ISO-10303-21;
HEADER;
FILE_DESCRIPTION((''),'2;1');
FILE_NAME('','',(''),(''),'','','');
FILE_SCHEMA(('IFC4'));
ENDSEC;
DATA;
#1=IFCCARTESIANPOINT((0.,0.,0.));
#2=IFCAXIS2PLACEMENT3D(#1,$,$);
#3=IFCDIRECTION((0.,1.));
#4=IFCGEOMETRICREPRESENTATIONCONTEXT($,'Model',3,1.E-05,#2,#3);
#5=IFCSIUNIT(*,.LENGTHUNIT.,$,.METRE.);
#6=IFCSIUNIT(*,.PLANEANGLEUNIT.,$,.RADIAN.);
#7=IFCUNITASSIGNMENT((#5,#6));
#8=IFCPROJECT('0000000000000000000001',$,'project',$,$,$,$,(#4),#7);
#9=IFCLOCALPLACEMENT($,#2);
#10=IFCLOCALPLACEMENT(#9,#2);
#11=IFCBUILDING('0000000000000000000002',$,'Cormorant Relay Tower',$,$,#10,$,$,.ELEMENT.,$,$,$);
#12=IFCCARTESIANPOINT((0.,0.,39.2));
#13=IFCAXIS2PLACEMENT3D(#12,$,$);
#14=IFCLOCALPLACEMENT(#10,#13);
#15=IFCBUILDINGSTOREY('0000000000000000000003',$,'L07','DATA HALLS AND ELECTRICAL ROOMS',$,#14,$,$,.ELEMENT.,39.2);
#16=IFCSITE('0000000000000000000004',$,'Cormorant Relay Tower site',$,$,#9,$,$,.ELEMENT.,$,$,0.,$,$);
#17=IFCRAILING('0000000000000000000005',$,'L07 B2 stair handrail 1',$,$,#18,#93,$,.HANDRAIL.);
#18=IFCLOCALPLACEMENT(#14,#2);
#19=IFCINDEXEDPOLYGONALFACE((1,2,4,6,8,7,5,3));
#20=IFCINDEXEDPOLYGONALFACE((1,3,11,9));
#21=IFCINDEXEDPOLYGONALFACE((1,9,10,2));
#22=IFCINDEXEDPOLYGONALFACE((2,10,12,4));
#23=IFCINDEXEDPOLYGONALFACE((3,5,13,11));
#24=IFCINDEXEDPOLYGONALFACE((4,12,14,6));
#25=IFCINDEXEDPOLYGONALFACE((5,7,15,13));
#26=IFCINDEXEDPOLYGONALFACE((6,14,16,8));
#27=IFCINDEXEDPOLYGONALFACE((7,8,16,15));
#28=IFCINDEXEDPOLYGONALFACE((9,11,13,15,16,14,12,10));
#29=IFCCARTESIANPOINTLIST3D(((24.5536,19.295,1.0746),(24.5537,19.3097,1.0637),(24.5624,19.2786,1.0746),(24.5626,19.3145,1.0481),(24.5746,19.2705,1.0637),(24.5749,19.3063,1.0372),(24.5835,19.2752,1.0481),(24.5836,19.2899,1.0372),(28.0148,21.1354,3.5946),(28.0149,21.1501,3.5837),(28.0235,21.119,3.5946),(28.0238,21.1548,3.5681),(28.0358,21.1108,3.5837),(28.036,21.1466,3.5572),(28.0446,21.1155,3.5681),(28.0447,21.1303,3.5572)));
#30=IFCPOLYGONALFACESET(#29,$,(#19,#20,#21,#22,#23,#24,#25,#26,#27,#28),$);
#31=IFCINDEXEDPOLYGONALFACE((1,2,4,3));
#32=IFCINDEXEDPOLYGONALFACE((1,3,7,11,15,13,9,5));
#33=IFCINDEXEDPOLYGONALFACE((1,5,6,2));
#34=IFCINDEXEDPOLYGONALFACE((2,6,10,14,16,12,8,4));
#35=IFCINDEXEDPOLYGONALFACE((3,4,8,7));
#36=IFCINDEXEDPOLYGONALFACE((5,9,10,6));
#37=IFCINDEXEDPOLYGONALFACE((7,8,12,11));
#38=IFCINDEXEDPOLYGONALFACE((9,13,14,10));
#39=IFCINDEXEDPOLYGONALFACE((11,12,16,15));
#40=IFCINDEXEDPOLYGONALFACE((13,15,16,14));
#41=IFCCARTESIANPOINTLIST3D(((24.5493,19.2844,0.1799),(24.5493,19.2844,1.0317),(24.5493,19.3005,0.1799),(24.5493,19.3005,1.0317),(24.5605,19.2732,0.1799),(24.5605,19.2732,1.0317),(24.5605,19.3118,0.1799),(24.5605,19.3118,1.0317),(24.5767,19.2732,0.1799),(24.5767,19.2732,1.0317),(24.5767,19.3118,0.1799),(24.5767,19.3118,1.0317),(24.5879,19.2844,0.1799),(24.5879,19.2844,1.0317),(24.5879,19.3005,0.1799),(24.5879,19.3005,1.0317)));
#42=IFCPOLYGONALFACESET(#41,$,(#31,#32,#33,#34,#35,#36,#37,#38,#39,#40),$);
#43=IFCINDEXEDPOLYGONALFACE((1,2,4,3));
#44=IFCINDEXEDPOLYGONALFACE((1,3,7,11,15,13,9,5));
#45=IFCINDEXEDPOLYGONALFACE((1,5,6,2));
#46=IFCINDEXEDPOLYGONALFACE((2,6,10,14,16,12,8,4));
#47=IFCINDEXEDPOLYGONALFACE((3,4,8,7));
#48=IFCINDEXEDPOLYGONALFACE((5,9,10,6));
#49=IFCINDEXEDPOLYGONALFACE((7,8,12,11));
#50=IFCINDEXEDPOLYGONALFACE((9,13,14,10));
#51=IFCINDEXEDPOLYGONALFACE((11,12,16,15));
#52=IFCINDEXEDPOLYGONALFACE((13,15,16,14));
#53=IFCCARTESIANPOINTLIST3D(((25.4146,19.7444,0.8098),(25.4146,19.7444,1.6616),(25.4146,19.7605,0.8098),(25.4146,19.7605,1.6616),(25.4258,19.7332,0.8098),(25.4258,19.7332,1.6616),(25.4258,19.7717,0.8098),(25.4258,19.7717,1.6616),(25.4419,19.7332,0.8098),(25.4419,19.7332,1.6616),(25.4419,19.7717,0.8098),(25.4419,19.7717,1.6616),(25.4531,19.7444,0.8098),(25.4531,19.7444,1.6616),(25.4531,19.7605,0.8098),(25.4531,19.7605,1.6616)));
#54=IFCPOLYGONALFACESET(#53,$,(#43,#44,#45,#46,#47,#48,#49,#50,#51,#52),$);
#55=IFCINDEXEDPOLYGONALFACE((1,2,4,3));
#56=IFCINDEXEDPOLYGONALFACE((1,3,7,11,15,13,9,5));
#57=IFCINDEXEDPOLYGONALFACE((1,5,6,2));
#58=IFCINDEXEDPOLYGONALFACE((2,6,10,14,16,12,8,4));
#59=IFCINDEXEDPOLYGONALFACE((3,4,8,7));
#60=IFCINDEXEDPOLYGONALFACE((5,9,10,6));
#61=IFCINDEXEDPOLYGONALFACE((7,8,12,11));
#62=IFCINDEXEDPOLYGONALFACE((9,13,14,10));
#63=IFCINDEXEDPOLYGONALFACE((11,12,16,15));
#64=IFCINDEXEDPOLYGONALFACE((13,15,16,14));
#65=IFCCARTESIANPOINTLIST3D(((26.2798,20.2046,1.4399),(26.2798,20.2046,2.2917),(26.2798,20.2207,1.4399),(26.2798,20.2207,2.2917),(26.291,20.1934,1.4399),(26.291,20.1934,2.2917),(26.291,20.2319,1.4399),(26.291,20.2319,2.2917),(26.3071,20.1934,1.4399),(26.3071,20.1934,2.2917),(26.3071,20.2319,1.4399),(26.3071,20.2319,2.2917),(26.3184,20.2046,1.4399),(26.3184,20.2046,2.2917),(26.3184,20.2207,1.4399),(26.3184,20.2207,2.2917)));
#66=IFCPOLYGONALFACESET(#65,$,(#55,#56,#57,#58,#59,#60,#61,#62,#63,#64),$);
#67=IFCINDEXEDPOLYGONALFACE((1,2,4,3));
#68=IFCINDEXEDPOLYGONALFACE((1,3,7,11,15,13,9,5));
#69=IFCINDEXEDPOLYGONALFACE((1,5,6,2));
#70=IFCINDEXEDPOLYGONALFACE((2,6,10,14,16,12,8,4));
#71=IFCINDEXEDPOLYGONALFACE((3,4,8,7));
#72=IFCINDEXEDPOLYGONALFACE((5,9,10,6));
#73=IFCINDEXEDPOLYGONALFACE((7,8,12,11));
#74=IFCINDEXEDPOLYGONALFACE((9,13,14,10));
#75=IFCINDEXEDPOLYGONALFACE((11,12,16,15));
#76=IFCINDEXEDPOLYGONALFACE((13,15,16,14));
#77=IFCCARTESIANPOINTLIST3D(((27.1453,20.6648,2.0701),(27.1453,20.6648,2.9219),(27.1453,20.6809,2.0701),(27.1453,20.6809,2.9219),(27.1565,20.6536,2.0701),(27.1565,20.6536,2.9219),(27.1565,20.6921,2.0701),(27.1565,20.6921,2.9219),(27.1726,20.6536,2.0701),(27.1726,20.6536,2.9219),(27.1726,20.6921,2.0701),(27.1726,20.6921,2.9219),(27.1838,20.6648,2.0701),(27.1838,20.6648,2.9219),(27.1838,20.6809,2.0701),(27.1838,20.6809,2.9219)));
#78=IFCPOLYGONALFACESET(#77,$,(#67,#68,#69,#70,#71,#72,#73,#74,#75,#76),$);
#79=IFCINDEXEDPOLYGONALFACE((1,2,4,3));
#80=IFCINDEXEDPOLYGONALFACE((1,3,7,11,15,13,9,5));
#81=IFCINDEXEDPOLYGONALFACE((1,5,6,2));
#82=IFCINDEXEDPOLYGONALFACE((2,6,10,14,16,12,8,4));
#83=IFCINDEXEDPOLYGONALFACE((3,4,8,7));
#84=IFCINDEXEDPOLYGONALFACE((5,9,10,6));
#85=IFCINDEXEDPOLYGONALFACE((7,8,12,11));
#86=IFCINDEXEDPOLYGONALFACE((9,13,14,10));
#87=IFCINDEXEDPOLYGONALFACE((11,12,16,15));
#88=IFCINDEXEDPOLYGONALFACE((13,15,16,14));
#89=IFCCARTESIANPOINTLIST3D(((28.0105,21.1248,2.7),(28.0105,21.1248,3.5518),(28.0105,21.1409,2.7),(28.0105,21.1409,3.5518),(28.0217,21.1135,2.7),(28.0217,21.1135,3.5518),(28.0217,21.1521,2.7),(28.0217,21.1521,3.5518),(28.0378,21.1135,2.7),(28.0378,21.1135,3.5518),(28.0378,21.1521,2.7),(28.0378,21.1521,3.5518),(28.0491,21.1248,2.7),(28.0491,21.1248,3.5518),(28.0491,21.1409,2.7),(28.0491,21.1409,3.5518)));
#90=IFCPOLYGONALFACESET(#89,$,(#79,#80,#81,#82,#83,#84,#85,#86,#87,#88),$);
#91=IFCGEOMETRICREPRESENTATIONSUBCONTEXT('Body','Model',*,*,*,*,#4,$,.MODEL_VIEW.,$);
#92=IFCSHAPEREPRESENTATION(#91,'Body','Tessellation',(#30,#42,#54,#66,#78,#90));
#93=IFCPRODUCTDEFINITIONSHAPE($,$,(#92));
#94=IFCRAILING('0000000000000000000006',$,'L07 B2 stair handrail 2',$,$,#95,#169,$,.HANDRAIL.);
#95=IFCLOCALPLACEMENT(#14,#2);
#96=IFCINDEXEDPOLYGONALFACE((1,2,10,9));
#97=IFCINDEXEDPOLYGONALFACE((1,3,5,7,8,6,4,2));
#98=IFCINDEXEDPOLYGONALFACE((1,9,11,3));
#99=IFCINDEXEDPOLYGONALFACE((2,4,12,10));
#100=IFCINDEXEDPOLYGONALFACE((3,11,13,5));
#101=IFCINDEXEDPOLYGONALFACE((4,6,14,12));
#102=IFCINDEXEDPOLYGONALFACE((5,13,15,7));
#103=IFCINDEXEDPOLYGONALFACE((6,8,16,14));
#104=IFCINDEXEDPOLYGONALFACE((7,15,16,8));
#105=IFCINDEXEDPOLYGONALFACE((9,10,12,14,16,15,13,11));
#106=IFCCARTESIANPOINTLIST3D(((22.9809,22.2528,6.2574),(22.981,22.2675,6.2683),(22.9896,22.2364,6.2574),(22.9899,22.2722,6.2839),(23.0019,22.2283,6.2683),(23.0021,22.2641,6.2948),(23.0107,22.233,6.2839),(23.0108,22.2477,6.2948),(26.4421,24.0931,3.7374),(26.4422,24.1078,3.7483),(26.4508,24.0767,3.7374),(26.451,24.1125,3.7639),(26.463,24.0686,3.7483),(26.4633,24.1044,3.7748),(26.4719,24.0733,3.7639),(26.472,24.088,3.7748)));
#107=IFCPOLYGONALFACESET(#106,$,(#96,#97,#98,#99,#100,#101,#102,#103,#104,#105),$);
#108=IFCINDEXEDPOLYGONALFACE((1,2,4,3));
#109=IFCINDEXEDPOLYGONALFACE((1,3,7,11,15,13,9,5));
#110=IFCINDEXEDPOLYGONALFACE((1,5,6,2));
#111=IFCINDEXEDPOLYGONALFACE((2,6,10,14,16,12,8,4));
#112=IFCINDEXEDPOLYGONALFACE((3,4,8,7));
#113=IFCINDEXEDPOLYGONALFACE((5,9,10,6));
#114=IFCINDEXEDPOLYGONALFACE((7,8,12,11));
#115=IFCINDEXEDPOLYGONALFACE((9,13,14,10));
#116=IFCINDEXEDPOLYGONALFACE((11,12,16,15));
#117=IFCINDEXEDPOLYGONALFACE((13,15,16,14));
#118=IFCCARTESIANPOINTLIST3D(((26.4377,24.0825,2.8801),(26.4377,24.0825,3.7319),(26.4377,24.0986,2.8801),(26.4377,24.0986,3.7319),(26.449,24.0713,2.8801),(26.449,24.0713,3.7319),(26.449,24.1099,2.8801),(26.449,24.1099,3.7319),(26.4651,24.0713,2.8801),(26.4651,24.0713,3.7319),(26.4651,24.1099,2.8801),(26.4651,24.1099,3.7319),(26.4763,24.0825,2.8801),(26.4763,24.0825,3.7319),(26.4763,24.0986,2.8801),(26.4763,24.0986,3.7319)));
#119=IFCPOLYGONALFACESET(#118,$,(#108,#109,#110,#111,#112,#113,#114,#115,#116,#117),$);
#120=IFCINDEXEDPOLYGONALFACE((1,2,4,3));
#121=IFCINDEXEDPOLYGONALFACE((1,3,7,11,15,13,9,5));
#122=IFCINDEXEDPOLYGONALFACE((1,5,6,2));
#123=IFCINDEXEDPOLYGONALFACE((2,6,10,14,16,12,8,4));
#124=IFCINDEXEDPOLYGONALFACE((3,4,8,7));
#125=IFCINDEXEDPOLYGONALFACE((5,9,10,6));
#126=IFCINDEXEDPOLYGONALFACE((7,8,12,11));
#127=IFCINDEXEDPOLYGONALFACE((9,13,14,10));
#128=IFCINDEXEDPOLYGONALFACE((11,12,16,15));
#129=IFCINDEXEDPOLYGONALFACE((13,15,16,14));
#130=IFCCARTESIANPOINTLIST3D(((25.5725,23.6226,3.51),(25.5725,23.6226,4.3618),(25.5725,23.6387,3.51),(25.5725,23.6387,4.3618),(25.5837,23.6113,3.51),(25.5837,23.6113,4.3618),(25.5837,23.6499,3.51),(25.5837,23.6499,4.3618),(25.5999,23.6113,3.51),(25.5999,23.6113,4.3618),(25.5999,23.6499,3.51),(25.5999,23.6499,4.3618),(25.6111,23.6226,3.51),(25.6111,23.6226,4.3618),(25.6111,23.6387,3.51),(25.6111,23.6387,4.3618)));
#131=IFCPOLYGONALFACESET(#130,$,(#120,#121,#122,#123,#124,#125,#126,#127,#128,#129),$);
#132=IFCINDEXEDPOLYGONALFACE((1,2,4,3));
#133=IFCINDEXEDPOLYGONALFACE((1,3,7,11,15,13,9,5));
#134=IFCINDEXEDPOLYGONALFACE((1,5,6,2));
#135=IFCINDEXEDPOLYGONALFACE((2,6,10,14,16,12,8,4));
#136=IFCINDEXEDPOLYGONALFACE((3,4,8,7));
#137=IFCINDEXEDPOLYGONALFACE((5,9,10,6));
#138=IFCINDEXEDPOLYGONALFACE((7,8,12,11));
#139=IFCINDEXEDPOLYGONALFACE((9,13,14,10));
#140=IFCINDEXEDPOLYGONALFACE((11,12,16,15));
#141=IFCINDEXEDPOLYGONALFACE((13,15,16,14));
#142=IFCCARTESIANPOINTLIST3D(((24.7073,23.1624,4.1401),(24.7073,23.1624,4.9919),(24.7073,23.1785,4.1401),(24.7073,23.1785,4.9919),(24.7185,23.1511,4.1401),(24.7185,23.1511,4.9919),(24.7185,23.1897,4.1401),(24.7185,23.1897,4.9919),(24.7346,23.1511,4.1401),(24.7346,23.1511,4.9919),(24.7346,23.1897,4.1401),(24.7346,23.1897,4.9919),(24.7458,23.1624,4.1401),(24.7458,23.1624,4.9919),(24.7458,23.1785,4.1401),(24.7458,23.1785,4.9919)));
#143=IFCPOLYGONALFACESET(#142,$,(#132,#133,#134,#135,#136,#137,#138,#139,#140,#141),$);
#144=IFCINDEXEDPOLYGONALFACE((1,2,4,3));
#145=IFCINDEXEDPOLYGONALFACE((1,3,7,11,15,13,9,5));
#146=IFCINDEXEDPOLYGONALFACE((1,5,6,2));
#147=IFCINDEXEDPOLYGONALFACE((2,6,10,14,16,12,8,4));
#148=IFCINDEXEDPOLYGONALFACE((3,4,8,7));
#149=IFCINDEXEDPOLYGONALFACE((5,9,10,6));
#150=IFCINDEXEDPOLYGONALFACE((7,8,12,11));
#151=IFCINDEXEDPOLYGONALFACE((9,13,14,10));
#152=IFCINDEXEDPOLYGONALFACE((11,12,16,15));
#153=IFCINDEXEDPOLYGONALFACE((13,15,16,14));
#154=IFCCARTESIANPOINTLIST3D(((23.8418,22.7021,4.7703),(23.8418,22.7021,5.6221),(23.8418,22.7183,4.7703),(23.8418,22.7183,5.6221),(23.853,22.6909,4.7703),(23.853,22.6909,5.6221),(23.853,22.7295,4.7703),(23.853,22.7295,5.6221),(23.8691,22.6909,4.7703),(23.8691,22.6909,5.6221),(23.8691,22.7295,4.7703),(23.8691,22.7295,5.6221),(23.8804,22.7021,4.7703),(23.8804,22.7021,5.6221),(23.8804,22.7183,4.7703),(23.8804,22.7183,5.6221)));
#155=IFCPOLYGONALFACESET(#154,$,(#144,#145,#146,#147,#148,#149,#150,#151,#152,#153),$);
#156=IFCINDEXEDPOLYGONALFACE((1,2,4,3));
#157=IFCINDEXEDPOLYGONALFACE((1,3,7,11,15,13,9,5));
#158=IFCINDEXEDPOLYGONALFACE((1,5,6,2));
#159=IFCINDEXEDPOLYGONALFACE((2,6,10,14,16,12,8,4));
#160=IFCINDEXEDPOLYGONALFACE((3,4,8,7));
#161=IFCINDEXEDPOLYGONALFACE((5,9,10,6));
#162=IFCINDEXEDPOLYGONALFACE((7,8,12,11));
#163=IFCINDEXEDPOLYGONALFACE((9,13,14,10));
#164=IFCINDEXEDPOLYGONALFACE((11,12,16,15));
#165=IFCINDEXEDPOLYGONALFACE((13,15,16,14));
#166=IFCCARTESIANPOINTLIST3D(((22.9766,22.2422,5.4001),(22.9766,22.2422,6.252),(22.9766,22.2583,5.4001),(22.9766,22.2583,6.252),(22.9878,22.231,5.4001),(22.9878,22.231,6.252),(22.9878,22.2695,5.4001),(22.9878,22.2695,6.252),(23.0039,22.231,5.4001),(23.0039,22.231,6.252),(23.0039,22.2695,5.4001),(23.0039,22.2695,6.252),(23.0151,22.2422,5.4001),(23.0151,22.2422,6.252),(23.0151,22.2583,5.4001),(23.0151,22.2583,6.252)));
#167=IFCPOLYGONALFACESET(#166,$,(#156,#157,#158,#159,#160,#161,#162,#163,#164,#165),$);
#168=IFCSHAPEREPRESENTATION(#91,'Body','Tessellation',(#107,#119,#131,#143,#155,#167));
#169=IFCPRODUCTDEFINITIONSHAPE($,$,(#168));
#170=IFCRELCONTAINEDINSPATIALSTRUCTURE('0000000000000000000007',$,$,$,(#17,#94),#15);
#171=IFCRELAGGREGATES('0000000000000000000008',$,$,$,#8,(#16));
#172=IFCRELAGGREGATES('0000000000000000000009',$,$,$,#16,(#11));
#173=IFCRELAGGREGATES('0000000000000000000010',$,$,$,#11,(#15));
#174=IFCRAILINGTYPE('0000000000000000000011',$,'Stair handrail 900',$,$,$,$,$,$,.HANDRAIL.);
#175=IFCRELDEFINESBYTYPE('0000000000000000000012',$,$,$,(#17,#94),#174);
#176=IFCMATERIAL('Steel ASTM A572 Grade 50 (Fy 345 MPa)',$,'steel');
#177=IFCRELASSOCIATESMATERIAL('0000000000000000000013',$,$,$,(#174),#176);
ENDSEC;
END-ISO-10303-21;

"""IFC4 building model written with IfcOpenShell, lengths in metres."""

from ifc_helpers import new_model, si_unit, direction, frame, origin, place, context, subcontext, project, spatial, polyline, outline, extrude, material, type_object, element, save


model = new_model("IFC4")

# Units and contexts
model_context = context("Model", 3, precision=1e-05, world=origin(), true_north=direction((0.0, 1.0)))
body_context = subcontext(model_context, "Body", "Model", "MODEL_VIEW")
ifc_project = project(units=[si_unit("LENGTHUNIT", "METRE"), si_unit("PLANEANGLEUNIT", "RADIAN")], contexts=[model_context])

# Site, building, storey
site_placement = place(None, origin())
site = spatial("IfcSite", under=ifc_project, at=site_placement, Name="Cormorant Relay Tower site", CompositionType="ELEMENT", RefElevation=0.0)
building_placement = place(site_placement, origin())
building = spatial("IfcBuilding", under=site, at=building_placement, Name="Cormorant Relay Tower", CompositionType="ELEMENT")
storey_placement = place(building_placement, frame((0.0, 0.0, 39.2)))
storey = spatial("IfcBuildingStorey", under=building, at=storey_placement, Name="L07", Description="DATA HALLS AND ELECTRICAL ROOMS", CompositionType="ELEMENT", Elevation=39.2)

# Railings
ifc_material_1 = material(Name="Steel ASTM A572 Grade 50 (Fy 345 MPa)", Category="steel")
railing_type_1 = type_object("IfcRailingType", Name="Stair handrail 900", PredefinedType="HANDRAIL", material=ifc_material_1)
railing_1_placement = place(storey_placement, frame((24.5686, 19.2925, 0.1799)))
element("IfcRailing", 1, at=railing_1_placement, inside=storey, type_object=railing_type_1, Name="L07 B2 stair handrail 1", PredefinedType="HANDRAIL", context=body_context, shape_type="SweptSolid", body=[
    extrude(outline(polyline([(0.0222, 0.0093), (0.0093, 0.0222), (-0.0093, 0.0222), (-0.0222, 0.0093), (-0.0222, -0.0093), (-0.0093, -0.0222), (0.0093, -0.0222), (0.0222, -0.0093), (0.0222, 0.0093)])), frame((0.0, 0.0, 0.876), z_axis=(0.742717, 0.394907, 0.540758), x_axis=(-0.469469, 0.882949, 0.0)), (0.0, 0.0, 1.0), 4.6602),
    extrude(outline(polyline([(0.0193, 0.0081), (0.0081, 0.0193), (-0.0081, 0.0193), (-0.0193, 0.0081), (-0.0193, -0.0081), (-0.0081, -0.0193), (0.0081, -0.0193), (0.0193, -0.0081), (0.0193, 0.0081)])), origin(), (0.0, 0.0, 1.0), 0.8518),
    extrude(outline(polyline([(0.0193, 0.0081), (0.0081, 0.0193), (-0.0081, 0.0193), (-0.0193, 0.0081), (-0.0193, -0.0081), (-0.0081, -0.0193), (0.0081, -0.0193), (0.0193, -0.0081), (0.0193, 0.0081)])), frame((0.8652, 0.46, 0.6299)), (0.0, 0.0, 1.0), 0.8518),
    extrude(outline(polyline([(0.0193, 0.0081), (0.0081, 0.0193), (-0.0081, 0.0193), (-0.0193, 0.0081), (-0.0193, -0.0081), (-0.0081, -0.0193), (0.0081, -0.0193), (0.0193, -0.0081), (0.0193, 0.0081)])), frame((1.7305, 0.9202, 1.26)), (0.0, 0.0, 1.0), 0.8518),
    extrude(outline(polyline([(0.0193, 0.0081), (0.0081, 0.0193), (-0.0081, 0.0193), (-0.0193, 0.0081), (-0.0193, -0.0081), (-0.0081, -0.0193), (0.0081, -0.0193), (0.0193, -0.0081), (0.0193, 0.0081)])), frame((2.5959, 1.3804, 1.8901)), (0.0, 0.0, 1.0), 0.8518),
    extrude(outline(polyline([(0.0193, 0.0081), (0.0081, 0.0193), (-0.0081, 0.0193), (-0.0193, 0.0081), (-0.0193, -0.0081), (-0.0081, -0.0193), (0.0081, -0.0193), (0.0193, -0.0081), (0.0193, 0.0081)])), frame((3.4612, 1.8403, 2.52)), (0.0, 0.0, 1.0), 0.8518),
])
railing_2_placement = place(storey_placement, frame((26.457, 24.0906, 2.8801)))
element("IfcRailing", 2, at=railing_2_placement, inside=storey, type_object=railing_type_1, Name="L07 B2 stair handrail 2", PredefinedType="HANDRAIL", context=body_context, shape_type="SweptSolid", body=[
    extrude(outline(polyline([(0.0222, 0.0093), (0.0093, 0.0222), (-0.0093, 0.0222), (-0.0222, 0.0093), (-0.0222, -0.0093), (-0.0093, -0.0222), (0.0093, -0.0222), (0.0222, -0.0093), (0.0222, 0.0093)])), frame((0.0, 0.0, 0.876), z_axis=(-0.742717, -0.394907, 0.540758), x_axis=(0.469469, -0.882949, 0.0)), (0.0, 0.0, 1.0), 4.6602),
    extrude(outline(polyline([(0.0193, 0.0081), (0.0081, 0.0193), (-0.0081, 0.0193), (-0.0193, 0.0081), (-0.0193, -0.0081), (-0.0081, -0.0193), (0.0081, -0.0193), (0.0193, -0.0081), (0.0193, 0.0081)])), origin(), (0.0, 0.0, 1.0), 0.8518),
    extrude(outline(polyline([(0.0193, 0.0081), (0.0081, 0.0193), (-0.0081, 0.0193), (-0.0193, 0.0081), (-0.0193, -0.0081), (-0.0081, -0.0193), (0.0081, -0.0193), (0.0193, -0.0081), (0.0193, 0.0081)])), frame((-0.8652, -0.46, 0.6299)), (0.0, 0.0, 1.0), 0.8518),
    extrude(outline(polyline([(0.0193, 0.0081), (0.0081, 0.0193), (-0.0081, 0.0193), (-0.0193, 0.0081), (-0.0193, -0.0081), (-0.0081, -0.0193), (0.0081, -0.0193), (0.0193, -0.0081), (0.0193, 0.0081)])), frame((-1.7305, -0.9202, 1.26)), (0.0, 0.0, 1.0), 0.8518),
    extrude(outline(polyline([(0.0193, 0.0081), (0.0081, 0.0193), (-0.0081, 0.0193), (-0.0193, 0.0081), (-0.0193, -0.0081), (-0.0081, -0.0193), (0.0081, -0.0193), (0.0193, -0.0081), (0.0193, 0.0081)])), frame((-2.5959, -1.3804, 1.8901)), (0.0, 0.0, 1.0), 0.8518),
    extrude(outline(polyline([(0.0193, 0.0081), (0.0081, 0.0193), (-0.0081, 0.0193), (-0.0193, 0.0081), (-0.0193, -0.0081), (-0.0081, -0.0193), (0.0081, -0.0193), (0.0193, -0.0081), (0.0193, 0.0081)])), frame((-3.4612, -1.8403, 2.52)), (0.0, 0.0, 1.0), 0.8518),
])

save(model, "model.ifc")
